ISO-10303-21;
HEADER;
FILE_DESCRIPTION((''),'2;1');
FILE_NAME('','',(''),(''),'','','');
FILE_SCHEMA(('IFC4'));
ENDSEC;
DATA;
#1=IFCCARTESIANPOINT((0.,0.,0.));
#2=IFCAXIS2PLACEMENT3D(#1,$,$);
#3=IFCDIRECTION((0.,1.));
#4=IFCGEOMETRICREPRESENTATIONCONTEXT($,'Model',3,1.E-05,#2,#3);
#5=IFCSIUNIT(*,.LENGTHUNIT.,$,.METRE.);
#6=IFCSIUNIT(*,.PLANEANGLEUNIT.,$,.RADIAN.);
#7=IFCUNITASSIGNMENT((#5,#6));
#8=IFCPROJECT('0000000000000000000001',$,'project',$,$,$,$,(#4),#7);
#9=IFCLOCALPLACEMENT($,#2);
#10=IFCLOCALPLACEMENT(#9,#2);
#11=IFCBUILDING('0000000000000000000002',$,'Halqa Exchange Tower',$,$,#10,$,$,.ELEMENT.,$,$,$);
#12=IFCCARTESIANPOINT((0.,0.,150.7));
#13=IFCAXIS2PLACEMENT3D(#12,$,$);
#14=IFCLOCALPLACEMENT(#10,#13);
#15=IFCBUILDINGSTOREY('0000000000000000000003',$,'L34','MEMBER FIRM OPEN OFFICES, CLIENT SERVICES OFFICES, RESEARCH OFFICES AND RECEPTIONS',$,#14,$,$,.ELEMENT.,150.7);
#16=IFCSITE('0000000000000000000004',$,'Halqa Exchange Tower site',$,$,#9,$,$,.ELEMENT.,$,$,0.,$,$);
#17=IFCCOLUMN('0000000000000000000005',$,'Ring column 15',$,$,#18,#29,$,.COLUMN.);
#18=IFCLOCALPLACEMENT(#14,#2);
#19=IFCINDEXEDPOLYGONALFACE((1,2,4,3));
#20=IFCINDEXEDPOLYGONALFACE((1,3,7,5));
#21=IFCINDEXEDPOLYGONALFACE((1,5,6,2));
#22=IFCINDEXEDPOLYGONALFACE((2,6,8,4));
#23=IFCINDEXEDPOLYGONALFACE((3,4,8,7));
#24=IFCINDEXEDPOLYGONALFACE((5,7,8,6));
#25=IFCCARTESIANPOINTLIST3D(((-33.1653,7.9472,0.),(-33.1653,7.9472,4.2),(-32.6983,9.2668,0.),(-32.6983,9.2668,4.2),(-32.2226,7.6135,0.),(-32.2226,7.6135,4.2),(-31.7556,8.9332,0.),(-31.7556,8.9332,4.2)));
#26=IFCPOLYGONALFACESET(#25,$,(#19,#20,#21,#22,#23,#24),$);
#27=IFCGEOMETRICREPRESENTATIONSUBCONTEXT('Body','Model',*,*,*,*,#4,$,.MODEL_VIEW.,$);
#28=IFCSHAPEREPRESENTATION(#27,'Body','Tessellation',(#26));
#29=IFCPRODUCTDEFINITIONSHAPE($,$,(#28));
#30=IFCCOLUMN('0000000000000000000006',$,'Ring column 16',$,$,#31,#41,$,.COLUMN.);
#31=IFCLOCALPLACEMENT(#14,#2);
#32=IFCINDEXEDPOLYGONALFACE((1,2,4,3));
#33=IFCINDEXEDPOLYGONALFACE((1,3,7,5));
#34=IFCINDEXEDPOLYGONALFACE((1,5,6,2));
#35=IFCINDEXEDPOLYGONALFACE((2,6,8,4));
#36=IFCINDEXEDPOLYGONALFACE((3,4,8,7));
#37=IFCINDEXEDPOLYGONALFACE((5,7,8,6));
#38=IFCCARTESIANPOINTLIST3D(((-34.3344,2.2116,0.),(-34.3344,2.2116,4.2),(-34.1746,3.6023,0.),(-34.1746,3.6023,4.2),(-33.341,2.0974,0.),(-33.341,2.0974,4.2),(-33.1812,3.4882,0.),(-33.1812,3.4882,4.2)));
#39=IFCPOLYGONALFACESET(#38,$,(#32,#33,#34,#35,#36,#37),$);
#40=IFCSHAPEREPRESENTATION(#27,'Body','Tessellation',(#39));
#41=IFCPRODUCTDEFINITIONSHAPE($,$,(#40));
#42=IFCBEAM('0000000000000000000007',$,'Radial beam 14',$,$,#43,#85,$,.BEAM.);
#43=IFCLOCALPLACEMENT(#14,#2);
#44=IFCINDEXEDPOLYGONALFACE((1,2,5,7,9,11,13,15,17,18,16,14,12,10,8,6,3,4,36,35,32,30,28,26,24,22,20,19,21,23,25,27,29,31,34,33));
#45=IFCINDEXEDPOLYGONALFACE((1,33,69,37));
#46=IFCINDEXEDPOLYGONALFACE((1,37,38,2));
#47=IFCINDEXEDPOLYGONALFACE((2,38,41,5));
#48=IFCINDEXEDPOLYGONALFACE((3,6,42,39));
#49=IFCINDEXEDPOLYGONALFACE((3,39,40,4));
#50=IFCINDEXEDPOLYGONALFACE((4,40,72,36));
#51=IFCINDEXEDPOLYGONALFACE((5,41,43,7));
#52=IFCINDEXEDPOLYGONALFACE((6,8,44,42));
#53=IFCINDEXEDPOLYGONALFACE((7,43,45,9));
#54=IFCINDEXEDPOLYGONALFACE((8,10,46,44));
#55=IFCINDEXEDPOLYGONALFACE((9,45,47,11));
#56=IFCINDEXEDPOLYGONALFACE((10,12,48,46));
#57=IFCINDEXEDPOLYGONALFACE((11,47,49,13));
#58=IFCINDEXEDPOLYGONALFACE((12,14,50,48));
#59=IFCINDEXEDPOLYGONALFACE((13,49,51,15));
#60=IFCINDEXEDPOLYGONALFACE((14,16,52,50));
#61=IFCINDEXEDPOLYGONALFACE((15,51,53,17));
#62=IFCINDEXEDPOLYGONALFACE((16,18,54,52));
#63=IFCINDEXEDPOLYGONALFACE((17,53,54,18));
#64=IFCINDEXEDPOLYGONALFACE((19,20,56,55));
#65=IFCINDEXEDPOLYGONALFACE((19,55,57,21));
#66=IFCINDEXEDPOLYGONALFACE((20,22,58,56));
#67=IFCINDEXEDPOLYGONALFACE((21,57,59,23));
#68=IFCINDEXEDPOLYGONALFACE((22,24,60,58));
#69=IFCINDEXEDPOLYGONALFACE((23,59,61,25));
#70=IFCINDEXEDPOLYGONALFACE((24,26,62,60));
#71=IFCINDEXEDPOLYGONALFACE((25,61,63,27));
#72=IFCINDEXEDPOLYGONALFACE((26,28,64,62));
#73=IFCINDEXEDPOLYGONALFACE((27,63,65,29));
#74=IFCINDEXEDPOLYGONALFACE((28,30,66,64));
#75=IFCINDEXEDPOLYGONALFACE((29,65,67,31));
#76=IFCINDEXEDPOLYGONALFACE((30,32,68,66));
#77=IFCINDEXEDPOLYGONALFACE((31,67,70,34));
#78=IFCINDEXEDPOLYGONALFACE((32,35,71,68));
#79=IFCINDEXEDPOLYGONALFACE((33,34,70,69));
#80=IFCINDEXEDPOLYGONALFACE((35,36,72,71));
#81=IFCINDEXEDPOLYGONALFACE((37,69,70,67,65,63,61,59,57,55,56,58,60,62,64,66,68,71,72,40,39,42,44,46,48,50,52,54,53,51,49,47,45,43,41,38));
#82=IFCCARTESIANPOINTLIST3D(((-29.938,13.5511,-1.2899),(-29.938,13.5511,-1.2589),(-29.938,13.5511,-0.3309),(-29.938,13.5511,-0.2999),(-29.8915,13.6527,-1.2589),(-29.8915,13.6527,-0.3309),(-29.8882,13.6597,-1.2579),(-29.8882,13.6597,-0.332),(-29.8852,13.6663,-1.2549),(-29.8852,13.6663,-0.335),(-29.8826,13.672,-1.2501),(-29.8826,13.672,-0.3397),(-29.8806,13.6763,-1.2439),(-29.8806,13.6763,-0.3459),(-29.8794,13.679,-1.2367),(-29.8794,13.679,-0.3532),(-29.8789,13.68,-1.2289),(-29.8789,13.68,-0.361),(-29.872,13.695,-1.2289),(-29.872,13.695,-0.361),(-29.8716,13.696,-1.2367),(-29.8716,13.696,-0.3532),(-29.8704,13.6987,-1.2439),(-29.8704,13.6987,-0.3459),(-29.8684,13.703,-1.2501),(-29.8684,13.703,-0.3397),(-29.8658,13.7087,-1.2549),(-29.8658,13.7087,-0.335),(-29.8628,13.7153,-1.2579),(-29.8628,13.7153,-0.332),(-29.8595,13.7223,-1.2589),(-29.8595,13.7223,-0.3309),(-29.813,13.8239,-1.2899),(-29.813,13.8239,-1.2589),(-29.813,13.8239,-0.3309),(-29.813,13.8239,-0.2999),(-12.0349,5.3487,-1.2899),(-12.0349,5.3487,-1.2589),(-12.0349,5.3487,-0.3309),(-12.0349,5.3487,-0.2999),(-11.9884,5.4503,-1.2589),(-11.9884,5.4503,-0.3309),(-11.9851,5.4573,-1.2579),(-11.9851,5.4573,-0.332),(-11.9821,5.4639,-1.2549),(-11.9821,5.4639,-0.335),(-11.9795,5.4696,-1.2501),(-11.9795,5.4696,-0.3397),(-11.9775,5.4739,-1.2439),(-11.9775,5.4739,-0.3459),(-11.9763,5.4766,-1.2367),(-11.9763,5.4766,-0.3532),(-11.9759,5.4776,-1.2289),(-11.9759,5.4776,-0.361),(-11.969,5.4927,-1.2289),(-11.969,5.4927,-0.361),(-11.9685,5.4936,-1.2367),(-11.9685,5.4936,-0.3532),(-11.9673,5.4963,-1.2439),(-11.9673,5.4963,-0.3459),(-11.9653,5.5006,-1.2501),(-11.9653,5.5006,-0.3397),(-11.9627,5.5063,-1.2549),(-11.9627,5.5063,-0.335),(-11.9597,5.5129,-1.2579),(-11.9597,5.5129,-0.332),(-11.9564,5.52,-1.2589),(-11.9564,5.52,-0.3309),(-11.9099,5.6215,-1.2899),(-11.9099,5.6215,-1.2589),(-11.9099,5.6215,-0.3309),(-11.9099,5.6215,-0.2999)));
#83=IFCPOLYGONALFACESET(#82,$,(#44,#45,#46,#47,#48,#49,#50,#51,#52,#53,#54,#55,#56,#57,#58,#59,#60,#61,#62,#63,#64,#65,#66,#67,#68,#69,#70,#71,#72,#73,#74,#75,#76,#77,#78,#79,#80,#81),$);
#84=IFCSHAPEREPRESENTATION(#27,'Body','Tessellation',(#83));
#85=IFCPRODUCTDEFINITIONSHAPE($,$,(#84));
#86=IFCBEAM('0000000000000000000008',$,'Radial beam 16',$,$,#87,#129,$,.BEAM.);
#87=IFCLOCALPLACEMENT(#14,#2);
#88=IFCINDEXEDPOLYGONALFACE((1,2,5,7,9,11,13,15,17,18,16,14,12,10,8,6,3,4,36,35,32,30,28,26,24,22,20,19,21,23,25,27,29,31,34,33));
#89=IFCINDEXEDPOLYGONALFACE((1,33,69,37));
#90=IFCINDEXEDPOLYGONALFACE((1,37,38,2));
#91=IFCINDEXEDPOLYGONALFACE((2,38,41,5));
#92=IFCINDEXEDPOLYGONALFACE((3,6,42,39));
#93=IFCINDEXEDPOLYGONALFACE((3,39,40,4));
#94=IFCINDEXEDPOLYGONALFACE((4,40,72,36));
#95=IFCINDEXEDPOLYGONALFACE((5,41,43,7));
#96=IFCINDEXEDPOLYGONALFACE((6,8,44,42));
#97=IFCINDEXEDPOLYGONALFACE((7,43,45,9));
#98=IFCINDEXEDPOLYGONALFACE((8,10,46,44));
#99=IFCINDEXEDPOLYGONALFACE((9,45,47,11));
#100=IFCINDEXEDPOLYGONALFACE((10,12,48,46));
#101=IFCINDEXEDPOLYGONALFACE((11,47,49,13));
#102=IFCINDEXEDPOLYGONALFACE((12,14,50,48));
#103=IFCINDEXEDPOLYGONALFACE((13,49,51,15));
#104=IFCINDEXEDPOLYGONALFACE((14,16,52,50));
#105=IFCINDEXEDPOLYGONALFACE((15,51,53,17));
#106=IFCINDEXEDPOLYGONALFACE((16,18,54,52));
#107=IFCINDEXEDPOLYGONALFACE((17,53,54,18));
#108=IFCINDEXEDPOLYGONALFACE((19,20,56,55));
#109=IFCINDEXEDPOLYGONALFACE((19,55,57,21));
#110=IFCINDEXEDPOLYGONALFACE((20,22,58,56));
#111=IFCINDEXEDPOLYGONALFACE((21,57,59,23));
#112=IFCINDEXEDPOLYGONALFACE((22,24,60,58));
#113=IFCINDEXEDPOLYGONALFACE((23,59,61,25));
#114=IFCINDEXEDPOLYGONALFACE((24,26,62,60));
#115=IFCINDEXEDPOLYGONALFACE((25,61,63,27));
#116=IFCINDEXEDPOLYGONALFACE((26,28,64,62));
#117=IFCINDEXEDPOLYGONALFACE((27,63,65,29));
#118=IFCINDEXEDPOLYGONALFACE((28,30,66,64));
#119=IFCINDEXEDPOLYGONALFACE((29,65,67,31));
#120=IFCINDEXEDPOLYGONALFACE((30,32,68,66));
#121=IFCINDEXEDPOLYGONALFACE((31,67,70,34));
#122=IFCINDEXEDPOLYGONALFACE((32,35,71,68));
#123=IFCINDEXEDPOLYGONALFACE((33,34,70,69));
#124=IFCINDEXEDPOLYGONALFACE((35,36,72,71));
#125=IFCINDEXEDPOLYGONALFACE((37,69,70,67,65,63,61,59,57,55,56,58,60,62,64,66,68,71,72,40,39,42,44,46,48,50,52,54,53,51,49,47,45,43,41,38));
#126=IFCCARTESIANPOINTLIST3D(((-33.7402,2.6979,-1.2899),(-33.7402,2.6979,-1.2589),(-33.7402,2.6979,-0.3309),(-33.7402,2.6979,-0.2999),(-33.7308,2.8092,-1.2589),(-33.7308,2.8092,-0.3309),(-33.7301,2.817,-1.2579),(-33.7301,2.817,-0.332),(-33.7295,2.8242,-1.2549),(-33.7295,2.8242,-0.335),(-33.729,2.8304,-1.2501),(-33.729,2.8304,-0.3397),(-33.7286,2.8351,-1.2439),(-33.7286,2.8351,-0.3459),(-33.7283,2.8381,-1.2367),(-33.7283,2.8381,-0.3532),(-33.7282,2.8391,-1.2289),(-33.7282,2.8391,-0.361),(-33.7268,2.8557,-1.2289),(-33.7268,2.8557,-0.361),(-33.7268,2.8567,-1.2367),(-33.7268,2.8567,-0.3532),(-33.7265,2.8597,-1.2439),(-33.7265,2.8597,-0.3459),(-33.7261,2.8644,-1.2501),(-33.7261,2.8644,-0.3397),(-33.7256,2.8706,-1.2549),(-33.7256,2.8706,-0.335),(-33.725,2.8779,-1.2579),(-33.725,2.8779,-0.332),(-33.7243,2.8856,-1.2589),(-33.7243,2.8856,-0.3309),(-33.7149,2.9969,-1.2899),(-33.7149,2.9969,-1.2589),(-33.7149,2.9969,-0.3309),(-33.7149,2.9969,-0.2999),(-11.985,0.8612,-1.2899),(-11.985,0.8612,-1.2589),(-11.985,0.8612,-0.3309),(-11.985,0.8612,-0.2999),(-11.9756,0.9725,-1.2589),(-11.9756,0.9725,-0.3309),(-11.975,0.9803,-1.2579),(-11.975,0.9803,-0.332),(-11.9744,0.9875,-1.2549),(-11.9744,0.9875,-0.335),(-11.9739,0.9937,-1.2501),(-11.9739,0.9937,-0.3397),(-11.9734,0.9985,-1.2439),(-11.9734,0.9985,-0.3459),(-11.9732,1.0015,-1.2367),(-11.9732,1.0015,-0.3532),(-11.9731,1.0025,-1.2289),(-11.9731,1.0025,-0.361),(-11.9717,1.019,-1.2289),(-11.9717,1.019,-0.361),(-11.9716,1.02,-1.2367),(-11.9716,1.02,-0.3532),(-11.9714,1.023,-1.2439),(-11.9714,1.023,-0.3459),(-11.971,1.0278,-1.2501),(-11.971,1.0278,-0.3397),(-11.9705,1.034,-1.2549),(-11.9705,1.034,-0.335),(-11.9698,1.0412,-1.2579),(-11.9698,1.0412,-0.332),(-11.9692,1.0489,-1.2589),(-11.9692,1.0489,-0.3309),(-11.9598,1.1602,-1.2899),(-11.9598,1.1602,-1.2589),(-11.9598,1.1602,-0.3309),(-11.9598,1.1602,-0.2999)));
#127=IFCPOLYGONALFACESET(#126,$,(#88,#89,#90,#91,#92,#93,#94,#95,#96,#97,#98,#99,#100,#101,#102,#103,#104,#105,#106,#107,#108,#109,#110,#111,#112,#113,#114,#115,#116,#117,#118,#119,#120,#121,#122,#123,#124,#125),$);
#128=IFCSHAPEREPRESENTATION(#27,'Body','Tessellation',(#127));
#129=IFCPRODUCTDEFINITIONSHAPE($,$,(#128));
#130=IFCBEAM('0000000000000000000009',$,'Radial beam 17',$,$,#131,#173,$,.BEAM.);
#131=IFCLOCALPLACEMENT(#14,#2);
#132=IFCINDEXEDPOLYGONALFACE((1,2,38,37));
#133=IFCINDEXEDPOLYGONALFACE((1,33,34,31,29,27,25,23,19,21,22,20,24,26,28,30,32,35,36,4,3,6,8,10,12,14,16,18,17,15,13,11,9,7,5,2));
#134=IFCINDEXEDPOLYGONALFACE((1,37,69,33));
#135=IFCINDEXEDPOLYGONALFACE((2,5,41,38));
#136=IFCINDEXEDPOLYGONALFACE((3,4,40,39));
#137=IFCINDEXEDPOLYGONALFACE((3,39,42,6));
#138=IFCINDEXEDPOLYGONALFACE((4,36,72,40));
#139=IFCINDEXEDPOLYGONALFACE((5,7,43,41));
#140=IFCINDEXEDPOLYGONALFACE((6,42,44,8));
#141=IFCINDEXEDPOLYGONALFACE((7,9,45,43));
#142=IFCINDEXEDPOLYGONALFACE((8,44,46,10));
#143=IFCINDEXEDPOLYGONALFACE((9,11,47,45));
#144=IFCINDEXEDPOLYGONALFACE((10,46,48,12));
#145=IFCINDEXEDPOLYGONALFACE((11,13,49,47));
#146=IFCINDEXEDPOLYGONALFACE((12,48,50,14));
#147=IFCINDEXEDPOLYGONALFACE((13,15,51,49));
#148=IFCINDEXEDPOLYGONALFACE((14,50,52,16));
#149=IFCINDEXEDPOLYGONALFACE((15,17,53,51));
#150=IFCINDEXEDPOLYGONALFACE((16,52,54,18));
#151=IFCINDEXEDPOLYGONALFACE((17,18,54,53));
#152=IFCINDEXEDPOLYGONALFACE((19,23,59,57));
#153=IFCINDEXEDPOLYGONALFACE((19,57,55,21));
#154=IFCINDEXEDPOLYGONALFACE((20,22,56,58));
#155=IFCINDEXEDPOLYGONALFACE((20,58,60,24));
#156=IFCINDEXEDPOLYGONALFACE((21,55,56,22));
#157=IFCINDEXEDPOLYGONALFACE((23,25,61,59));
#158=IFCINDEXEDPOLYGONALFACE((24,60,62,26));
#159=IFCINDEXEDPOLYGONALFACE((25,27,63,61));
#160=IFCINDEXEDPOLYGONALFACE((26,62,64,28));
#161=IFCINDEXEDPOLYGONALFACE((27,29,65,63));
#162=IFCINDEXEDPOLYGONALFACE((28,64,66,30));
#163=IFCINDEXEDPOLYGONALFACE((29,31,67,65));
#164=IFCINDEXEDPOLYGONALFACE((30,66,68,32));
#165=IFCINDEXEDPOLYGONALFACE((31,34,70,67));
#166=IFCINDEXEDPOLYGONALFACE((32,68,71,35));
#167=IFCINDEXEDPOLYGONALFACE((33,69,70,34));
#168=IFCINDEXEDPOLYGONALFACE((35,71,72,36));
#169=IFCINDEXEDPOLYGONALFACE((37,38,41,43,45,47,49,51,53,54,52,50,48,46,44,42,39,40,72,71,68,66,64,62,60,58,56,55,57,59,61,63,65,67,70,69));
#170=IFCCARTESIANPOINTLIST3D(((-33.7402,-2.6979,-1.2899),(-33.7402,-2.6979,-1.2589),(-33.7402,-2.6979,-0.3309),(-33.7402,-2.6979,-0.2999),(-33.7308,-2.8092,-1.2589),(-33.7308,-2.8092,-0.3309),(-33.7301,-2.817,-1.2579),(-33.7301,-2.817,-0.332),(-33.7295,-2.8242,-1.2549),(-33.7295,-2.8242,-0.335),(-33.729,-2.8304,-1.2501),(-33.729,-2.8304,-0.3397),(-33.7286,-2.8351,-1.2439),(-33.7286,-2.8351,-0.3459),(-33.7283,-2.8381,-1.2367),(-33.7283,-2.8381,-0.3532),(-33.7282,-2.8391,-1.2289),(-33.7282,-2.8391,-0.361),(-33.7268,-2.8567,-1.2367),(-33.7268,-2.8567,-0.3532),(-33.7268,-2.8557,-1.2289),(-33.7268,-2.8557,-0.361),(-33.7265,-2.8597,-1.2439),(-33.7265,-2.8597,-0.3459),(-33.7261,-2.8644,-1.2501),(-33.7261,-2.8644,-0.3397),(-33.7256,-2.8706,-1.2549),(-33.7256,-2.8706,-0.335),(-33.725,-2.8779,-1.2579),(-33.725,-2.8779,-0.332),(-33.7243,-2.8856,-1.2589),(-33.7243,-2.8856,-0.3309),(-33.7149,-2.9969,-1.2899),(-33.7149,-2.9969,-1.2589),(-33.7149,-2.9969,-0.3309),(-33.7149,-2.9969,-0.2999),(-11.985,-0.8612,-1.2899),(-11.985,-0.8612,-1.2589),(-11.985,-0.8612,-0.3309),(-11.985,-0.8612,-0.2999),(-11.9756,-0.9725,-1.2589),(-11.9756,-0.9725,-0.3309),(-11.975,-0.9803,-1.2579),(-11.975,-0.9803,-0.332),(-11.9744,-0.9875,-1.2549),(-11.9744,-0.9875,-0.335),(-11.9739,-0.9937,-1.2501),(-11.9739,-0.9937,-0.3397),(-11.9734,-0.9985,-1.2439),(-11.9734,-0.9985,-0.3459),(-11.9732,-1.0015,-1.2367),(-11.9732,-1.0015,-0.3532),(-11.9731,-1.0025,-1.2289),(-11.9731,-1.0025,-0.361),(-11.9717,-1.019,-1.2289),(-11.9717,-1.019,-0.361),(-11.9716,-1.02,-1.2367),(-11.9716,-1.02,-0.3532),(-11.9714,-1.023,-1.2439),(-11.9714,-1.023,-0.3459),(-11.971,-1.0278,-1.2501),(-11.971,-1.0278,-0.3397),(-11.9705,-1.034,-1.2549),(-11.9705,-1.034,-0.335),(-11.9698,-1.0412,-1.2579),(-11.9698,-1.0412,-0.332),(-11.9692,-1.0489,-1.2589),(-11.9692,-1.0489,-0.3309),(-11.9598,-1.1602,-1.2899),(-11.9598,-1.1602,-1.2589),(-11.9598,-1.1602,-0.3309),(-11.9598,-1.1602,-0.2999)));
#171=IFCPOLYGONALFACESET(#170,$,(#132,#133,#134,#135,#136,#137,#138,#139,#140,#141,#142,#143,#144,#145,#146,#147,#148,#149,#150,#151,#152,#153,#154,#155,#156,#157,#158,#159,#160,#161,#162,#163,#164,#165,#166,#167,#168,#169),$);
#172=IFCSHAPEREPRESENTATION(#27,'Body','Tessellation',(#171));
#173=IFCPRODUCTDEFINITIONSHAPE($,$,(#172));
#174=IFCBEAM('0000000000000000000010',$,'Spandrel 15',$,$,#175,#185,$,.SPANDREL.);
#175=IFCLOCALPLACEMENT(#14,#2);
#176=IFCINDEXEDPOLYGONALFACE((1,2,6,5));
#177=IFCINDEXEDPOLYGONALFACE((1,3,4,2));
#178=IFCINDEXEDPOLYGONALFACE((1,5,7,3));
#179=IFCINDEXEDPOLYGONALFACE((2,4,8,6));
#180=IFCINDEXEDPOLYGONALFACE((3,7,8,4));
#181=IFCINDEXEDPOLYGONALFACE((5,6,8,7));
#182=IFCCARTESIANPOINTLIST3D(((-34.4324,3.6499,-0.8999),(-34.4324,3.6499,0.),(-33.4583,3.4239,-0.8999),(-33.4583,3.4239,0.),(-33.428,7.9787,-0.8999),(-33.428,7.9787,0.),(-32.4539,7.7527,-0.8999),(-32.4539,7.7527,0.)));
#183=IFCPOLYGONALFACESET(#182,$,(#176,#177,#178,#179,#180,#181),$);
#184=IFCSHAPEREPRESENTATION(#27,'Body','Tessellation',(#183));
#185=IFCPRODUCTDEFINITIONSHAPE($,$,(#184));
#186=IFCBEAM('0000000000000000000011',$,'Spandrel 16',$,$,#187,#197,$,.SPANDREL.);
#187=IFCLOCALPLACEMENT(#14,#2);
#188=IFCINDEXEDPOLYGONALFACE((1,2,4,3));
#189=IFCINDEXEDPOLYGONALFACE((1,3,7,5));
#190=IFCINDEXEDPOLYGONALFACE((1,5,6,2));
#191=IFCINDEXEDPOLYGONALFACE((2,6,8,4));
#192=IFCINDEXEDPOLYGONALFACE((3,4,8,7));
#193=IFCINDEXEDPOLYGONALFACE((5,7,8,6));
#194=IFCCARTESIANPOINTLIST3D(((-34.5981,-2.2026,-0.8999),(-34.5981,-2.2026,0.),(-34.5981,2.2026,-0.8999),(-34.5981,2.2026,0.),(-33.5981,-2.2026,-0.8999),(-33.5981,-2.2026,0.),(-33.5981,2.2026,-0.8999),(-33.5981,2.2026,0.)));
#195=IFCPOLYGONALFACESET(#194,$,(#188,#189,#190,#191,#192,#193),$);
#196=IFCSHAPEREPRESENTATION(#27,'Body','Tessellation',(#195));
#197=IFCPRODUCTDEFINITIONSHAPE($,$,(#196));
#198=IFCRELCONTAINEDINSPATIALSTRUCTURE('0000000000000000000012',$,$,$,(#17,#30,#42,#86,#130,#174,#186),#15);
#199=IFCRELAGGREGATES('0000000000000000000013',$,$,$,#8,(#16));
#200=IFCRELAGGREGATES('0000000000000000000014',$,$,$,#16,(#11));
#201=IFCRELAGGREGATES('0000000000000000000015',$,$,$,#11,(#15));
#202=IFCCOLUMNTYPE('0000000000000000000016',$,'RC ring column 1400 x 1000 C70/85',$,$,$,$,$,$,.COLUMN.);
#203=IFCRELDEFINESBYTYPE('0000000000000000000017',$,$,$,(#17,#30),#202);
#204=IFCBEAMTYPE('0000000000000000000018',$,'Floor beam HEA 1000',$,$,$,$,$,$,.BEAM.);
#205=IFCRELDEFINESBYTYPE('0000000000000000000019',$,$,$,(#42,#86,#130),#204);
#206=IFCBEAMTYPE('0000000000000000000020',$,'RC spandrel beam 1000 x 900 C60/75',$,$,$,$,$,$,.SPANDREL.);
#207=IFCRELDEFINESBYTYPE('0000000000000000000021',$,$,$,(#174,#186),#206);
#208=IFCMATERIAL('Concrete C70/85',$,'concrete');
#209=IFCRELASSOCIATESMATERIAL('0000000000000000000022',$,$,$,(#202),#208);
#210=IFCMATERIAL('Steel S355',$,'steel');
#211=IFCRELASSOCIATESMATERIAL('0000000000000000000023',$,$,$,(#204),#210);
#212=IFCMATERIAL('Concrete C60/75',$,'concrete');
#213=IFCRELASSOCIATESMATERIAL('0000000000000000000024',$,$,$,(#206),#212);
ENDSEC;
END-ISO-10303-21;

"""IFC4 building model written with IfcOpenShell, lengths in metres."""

from ifc_helpers import new_model, si_unit, direction, frame, origin, origin_2d, place, context, subcontext, project, spatial, rectangle, i_section, extrude, material, material_profile, profile_set, type_object, element, save


model = new_model("IFC4")

# Units and contexts
model_context = context("Model", 3, precision=1e-05, world=origin(), true_north=direction((0.0, 1.0)))
body_context = subcontext(model_context, "Body", "Model", "MODEL_VIEW")
ifc_project = project(units=[si_unit("LENGTHUNIT", "METRE"), si_unit("PLANEANGLEUNIT", "RADIAN")], contexts=[model_context])

# Site, building, storey
site_placement = place(None, origin())
site = spatial("IfcSite", under=ifc_project, at=site_placement, Name="Halqa Exchange Tower site", CompositionType="ELEMENT", RefElevation=0.0)
building_placement = place(site_placement, origin())
building = spatial("IfcBuilding", under=site, at=building_placement, Name="Halqa Exchange Tower", CompositionType="ELEMENT")
storey_placement = place(building_placement, frame((0.0, 0.0, 150.7)))
storey = spatial("IfcBuildingStorey", under=building, at=storey_placement, Name="L34", Description="MEMBER FIRM OPEN OFFICES, CLIENT SERVICES OFFICES, RESEARCH OFFICES AND RECEPTIONS", CompositionType="ELEMENT", Elevation=150.7)

# Columns
ifc_material_1 = material(Name="Concrete C70/85", Category="concrete")
ifc_material_profile_1 = material_profile(ifc_material_1, rectangle(XDim=1.3999, YDim=1.0, at=origin_2d()), Name="1400 x 1000")
ifc_profile_set_1 = profile_set([ifc_material_profile_1], Name="Concrete C70/85")
column_type = type_object("IfcColumnType", Name="RC ring column 1400 x 1000 C70/85", PredefinedType="COLUMN", material=ifc_profile_set_1)
for number, where, z_axis, x_axis, name in (
    (1, (-32.4604, 8.4402, 0.0), (0.0, 0.0, 1.0), (-0.333634, -0.942703, 0.0), "Ring column 15"),
    (2, (-33.7578, 2.8499, 0.0), (0.0, 0.0, 1.0), (-0.114155, -0.993463, 0.0), "Ring column 16"),
):
    element("IfcColumn", number, at=place(storey_placement, frame(where, z_axis=z_axis, x_axis=x_axis)), inside=storey, type_object=column_type, Name=name, PredefinedType="COLUMN", context=body_context, shape_type="SweptSolid", body=[
        extrude(rectangle(XDim=1.3999, YDim=1.0, at=origin_2d()), origin(), (0.0, 0.0, 1.0), 4.2),
    ])

# Beams
ifc_material_2 = material(Name="Steel S355", Category="steel")
ifc_material_profile_2 = material_profile(ifc_material_2, i_section(OverallWidth=0.3, OverallDepth=0.99, WebThickness=0.0166, FlangeThickness=0.031, FilletRadius=0.03, at=origin_2d()), Name="HEA 1000")
ifc_profile_set_2 = profile_set([ifc_material_profile_2], Name="Steel S355")
beam_type_1 = type_object("IfcBeamType", Name="Floor beam HEA 1000", PredefinedType="BEAM", material=ifc_profile_set_2)
beam_1_placement = place(storey_placement, frame((-11.9724, 5.4851, -0.7949), z_axis=(-0.909126, 0.416521, 0.0), x_axis=(-0.416521, -0.909126, 0.0)))
element("IfcBeam", 3, at=beam_1_placement, inside=storey, type_object=beam_type_1, Name="Radial beam 14", PredefinedType="BEAM", context=body_context, shape_type="SweptSolid", body=[
    extrude(i_section(OverallWidth=0.3, OverallDepth=0.99, WebThickness=0.0166, FlangeThickness=0.031, FilletRadius=0.03, at=origin_2d()), origin(), (0.0, 0.0, 1.0), 19.6926),
])
for number, where, z_axis, x_axis, name in (
    (4, (-11.9724, 1.0107, -0.7949), (-0.996455, 0.084125, 0.0), (-0.084125, -0.996455, 0.0), "Radial beam 16"),
    (5, (-11.9724, -1.0107, -0.7949), (-0.996455, -0.084125, 0.0), (0.084125, -0.996455, 0.0), "Radial beam 17"),
):
    element("IfcBeam", number, at=place(storey_placement, frame(where, z_axis=z_axis, x_axis=x_axis)), inside=storey, type_object=beam_type_1, Name=name, PredefinedType="BEAM", context=body_context, shape_type="SweptSolid", body=[
        extrude(i_section(OverallWidth=0.3, OverallDepth=0.99, WebThickness=0.0166, FlangeThickness=0.031, FilletRadius=0.03, at=origin_2d()), origin(), (0.0, 0.0, 1.0), 21.8325),
    ])
ifc_material_3 = material(Name="Concrete C60/75", Category="concrete")
ifc_material_profile_3 = material_profile(ifc_material_3, rectangle(XDim=1.0, YDim=0.8999, at=origin_2d()), Name="1000 x 900")
ifc_profile_set_3 = profile_set([ifc_material_profile_3], Name="Concrete C60/75")
beam_type_2 = type_object("IfcBeamType", Name="RC spandrel beam 1000 x 900 C60/75", PredefinedType="SPANDREL", material=ifc_profile_set_3)
beam_2_placement = place(storey_placement, frame((-32.9409, 7.8657, -0.45), z_axis=(-0.226019, -0.974123, 0.0), x_axis=(0.974123, -0.226019, 0.0)))
element("IfcBeam", 6, at=beam_2_placement, inside=storey, type_object=beam_type_2, Name="Spandrel 15", PredefinedType="SPANDREL", context=body_context, shape_type="SweptSolid", body=[
    extrude(rectangle(XDim=1.0, YDim=0.8999, at=origin_2d()), origin(), (0.0, 0.0, 1.0), 4.4438),
])
beam_3_placement = place(storey_placement, frame((-34.0981, 2.2026, -0.45), z_axis=(0.0, -1.0, 0.0), x_axis=(1.0, 0.0, 0.0)))
element("IfcBeam", 7, at=beam_3_placement, inside=storey, type_object=beam_type_2, Name="Spandrel 16", PredefinedType="SPANDREL", context=body_context, shape_type="SweptSolid", body=[
    extrude(rectangle(XDim=1.0, YDim=0.8999, at=origin_2d()), origin(), (0.0, 0.0, 1.0), 4.4053),
])

save(model, "model.ifc")
